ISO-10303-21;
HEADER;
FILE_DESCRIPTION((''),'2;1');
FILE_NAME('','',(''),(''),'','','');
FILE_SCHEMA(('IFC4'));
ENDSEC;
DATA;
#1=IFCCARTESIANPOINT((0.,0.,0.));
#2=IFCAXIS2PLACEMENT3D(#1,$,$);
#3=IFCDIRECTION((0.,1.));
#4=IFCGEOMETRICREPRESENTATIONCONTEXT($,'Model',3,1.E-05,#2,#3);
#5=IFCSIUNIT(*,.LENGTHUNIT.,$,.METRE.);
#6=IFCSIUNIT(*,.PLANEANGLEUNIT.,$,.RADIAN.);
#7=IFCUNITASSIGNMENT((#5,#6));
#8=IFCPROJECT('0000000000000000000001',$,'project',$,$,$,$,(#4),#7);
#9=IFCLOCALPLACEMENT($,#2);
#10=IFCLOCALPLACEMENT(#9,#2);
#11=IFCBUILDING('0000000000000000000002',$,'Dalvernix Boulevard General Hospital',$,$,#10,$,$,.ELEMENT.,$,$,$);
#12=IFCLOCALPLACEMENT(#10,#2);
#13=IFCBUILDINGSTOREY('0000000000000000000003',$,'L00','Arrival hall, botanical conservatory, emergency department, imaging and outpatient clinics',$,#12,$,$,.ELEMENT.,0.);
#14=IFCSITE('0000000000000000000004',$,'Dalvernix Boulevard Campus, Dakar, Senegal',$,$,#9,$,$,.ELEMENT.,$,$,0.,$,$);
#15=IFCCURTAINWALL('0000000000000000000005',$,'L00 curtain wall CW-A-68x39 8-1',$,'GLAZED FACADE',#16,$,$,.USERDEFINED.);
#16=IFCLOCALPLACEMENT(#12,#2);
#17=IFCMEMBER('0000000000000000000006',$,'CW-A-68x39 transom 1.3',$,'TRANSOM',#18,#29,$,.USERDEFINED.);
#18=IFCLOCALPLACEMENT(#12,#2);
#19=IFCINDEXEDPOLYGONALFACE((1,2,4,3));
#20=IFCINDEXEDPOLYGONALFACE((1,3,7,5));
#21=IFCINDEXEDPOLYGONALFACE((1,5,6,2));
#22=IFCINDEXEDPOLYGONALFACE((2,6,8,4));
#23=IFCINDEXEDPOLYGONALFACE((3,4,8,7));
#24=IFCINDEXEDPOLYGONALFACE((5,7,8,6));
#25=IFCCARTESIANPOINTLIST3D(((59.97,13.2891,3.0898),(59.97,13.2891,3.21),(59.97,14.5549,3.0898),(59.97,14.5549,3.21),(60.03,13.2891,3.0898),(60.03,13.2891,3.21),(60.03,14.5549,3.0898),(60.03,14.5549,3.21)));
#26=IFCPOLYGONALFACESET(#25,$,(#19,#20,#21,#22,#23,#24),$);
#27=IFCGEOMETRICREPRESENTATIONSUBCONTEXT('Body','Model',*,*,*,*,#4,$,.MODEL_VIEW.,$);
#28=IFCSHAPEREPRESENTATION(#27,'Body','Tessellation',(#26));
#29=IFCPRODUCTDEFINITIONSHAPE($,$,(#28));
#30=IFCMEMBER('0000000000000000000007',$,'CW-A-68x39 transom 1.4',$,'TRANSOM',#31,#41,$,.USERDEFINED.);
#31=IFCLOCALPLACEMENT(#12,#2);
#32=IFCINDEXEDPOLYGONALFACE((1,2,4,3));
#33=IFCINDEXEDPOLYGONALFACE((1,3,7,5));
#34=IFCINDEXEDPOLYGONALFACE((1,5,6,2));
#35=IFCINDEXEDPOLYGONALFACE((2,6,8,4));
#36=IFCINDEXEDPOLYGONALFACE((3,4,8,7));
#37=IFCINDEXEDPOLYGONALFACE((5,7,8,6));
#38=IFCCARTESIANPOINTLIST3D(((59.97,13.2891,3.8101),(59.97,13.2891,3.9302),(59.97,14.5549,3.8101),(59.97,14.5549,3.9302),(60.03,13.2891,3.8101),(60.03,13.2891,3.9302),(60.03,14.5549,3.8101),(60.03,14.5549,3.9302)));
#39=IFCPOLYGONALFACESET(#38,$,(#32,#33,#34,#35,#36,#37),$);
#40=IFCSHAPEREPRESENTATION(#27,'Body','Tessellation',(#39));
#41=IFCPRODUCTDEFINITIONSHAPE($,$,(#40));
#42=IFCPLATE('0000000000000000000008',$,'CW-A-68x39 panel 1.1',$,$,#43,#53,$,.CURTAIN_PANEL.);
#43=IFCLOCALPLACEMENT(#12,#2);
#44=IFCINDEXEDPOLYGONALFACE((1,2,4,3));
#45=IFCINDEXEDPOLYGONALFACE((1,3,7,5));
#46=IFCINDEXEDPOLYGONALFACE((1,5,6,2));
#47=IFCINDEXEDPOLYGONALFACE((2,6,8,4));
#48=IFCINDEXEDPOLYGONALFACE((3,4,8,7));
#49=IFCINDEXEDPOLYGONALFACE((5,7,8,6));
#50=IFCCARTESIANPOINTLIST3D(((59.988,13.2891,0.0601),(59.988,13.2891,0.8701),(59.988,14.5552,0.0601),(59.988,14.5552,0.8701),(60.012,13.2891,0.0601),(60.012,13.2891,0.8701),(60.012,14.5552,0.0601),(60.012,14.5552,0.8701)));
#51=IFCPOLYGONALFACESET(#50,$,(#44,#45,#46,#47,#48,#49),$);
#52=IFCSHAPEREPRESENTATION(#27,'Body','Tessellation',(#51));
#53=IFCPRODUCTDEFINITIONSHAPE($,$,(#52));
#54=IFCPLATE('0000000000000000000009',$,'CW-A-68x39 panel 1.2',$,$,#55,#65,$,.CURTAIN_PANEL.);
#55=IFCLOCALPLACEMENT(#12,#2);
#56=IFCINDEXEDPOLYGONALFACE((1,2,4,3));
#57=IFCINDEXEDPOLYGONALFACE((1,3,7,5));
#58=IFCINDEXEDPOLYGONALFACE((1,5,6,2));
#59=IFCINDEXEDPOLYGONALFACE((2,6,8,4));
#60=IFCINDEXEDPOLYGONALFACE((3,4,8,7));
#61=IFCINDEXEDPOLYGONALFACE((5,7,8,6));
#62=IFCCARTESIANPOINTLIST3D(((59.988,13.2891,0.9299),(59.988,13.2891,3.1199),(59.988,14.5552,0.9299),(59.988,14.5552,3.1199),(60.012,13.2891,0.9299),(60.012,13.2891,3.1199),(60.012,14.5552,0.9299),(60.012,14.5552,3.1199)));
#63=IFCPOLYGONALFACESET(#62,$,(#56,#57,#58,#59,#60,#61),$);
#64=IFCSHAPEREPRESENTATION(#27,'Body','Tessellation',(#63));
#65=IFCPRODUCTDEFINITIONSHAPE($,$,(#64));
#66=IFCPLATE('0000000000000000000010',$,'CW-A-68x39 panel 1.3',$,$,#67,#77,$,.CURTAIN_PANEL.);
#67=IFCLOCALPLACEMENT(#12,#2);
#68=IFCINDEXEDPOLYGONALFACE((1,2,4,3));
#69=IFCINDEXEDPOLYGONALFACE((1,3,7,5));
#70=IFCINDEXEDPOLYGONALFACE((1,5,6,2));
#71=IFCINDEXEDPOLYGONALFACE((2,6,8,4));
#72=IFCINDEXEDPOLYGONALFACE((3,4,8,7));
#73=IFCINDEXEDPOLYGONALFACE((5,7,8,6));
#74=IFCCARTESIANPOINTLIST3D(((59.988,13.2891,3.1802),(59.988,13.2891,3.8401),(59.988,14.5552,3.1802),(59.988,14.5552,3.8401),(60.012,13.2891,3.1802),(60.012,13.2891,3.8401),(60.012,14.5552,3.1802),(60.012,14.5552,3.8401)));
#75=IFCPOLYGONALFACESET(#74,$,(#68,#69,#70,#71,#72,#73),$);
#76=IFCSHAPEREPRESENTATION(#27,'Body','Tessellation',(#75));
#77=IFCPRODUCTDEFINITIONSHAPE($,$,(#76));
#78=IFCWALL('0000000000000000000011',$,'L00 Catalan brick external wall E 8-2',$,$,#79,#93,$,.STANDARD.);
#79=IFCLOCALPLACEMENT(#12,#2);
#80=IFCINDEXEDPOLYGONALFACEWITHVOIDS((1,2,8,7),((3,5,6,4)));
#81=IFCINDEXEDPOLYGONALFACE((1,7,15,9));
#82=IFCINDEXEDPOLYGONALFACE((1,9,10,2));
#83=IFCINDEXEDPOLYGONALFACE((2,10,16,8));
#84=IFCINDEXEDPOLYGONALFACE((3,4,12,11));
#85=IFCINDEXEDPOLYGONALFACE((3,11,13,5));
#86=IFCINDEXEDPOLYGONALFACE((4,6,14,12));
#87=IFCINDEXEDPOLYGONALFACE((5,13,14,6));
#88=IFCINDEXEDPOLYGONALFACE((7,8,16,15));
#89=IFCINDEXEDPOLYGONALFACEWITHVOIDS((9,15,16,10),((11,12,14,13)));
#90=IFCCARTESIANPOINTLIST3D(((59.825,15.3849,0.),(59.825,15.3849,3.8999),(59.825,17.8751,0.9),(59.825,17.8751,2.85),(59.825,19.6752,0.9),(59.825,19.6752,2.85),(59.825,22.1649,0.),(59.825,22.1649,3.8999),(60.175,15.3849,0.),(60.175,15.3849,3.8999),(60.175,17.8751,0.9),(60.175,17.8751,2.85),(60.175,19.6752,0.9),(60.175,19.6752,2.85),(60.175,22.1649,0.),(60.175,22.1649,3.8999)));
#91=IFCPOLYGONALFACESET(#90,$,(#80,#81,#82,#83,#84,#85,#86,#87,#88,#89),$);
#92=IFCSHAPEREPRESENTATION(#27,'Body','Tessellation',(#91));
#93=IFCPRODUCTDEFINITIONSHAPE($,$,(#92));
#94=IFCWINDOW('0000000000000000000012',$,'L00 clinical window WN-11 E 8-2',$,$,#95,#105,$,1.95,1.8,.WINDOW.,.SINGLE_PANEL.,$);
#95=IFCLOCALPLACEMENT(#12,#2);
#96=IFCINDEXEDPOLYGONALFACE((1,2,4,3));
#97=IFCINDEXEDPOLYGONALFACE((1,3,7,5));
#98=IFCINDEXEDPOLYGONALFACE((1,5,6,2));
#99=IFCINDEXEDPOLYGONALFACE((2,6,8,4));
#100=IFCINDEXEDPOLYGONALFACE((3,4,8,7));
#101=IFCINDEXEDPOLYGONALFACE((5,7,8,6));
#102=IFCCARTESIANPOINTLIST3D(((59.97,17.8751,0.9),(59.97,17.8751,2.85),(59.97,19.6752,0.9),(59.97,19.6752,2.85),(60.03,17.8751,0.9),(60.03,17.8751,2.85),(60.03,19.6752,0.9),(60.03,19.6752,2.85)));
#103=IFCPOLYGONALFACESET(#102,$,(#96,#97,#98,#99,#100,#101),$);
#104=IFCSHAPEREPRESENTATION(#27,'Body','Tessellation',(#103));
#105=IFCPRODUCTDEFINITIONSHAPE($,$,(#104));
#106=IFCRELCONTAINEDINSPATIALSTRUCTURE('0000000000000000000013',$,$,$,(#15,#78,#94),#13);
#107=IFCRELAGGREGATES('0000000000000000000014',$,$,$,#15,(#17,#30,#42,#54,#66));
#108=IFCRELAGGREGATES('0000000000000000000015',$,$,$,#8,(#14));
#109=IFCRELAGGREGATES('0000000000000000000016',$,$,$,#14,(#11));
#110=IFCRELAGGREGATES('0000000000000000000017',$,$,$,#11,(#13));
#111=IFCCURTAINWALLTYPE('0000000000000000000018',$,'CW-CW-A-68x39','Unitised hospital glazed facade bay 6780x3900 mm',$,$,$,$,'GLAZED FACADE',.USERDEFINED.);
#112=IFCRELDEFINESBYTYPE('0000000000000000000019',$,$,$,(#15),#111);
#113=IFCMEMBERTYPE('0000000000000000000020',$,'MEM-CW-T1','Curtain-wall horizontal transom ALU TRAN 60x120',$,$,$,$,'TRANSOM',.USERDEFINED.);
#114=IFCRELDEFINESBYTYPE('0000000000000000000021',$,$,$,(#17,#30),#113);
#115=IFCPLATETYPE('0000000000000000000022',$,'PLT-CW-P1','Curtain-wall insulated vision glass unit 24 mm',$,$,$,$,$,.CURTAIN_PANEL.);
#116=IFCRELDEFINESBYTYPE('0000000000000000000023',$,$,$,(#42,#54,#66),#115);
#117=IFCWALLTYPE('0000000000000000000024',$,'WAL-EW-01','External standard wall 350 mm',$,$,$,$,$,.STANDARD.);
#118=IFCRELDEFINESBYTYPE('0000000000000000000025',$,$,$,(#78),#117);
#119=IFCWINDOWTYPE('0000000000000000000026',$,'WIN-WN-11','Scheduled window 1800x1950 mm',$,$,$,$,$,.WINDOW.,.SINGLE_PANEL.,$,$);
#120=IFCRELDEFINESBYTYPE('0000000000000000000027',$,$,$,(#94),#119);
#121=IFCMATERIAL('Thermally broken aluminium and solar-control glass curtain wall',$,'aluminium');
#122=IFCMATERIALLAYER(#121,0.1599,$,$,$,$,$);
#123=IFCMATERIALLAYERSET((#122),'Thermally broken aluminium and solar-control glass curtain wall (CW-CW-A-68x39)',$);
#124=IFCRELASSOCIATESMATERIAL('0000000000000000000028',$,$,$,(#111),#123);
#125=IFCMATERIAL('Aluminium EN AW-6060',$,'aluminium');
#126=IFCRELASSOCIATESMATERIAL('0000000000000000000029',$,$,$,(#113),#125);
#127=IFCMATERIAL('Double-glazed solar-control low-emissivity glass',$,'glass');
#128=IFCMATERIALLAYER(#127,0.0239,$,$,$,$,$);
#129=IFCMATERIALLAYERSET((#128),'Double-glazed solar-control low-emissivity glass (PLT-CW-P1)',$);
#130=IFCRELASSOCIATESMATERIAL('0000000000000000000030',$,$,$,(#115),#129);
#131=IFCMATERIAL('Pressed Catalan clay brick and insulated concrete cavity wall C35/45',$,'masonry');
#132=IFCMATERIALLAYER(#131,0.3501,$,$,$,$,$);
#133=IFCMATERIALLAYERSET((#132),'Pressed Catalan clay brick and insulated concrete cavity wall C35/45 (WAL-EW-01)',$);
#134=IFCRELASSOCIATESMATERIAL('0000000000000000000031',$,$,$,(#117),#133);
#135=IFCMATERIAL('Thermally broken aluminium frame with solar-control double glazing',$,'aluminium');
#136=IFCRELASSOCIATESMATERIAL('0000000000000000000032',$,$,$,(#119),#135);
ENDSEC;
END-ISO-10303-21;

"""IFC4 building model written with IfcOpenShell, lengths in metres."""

from ifc_helpers import new_model, si_unit, direction, frame, frame_2d, origin, origin_2d, place, context, subcontext, project, spatial, rectangle, extrude, material, layer, layer_set, material_profile, profile_set, type_object, element, fill, aggregate, save


model = new_model("IFC4")

# Units and contexts
model_context = context("Model", 3, precision=1e-05, world=origin(), true_north=direction((0.0, 1.0)))
body_context = subcontext(model_context, "Body", "Model", "MODEL_VIEW")
ifc_project = project(units=[si_unit("LENGTHUNIT", "METRE"), si_unit("PLANEANGLEUNIT", "RADIAN")], contexts=[model_context])

# Site, building, storey
site_placement = place(None, origin())
site = spatial("IfcSite", under=ifc_project, at=site_placement, Name="Dalvernix Boulevard Campus, Dakar, Senegal", CompositionType="ELEMENT", RefElevation=0.0)
building_placement = place(site_placement, origin())
building = spatial("IfcBuilding", under=site, at=building_placement, Name="Dalvernix Boulevard General Hospital", CompositionType="ELEMENT")
storey_placement = place(building_placement, origin())
storey = spatial("IfcBuildingStorey", under=building, at=storey_placement, Name="L00", Description="Arrival hall, botanical conservatory, emergency department, imaging and outpatient clinics", CompositionType="ELEMENT", Elevation=0.0)

# Curtain wall, members, plates
ifc_material_1 = material(Name="Thermally broken aluminium and solar-control glass curtain wall", Category="aluminium")
ifc_layer_1 = layer(ifc_material_1, 0.1599)
ifc_layer_set_1 = layer_set([ifc_layer_1], Name="Thermally broken aluminium and solar-control glass curtain wall (CW-CW-A-68x39)")
curtain_wall_type = type_object("IfcCurtainWallType", Name="CW-CW-A-68x39", Description="Unitised hospital glazed facade bay 6780x3900 mm", ElementType="GLAZED FACADE", PredefinedType="USERDEFINED", material=ifc_layer_set_1)
curtain_wall_placement = place(storey_placement, origin())
curtain_wall = element("IfcCurtainWall", 1, at=curtain_wall_placement, inside=storey, type_object=curtain_wall_type, Name="L00 curtain wall CW-A-68x39 8-1", ObjectType="GLAZED FACADE", PredefinedType="USERDEFINED")
ifc_material_2 = material(Name="Aluminium EN AW-6060", Category="aluminium")
ifc_material_profile_1 = material_profile(ifc_material_2, rectangle(XDim=0.0601, YDim=0.1201, at=origin_2d()), Name="ALU TRAN 60x120")
ifc_profile_set_1 = profile_set([ifc_material_profile_1], Name="Aluminium EN AW-6060")
member_type_1 = type_object("IfcMemberType", Name="MEM-CW-T1", Description="Curtain-wall horizontal transom ALU TRAN 60x120", ElementType="TRANSOM", PredefinedType="USERDEFINED", material=ifc_profile_set_1)
member_1_placement = place(storey_placement, frame((60.0, 14.5549, 3.1499), z_axis=(0.0, -1.0, 0.0), x_axis=(1.0, 0.0, 0.0)))
member_1 = element("IfcMember", 2, at=member_1_placement, type_object=member_type_1, Name="CW-A-68x39 transom 1.3", ObjectType="TRANSOM", PredefinedType="USERDEFINED", context=body_context, shape_type="SweptSolid", body=[
    extrude(rectangle(XDim=0.0601, YDim=0.1201, at=origin_2d()), origin(), (0.0, 0.0, 1.0), 1.2659),
])
member_2_placement = place(storey_placement, frame((60.0, 14.5549, 3.8701), z_axis=(0.0, -1.0, 0.0), x_axis=(1.0, 0.0, 0.0)))
member_2 = element("IfcMember", 3, at=member_2_placement, type_object=member_type_1, Name="CW-A-68x39 transom 1.4", ObjectType="TRANSOM", PredefinedType="USERDEFINED", context=body_context, shape_type="SweptSolid", body=[
    extrude(rectangle(XDim=0.0601, YDim=0.1201, at=origin_2d()), origin(), (0.0, 0.0, 1.0), 1.2659),
])
ifc_material_3 = material(Name="Double-glazed solar-control low-emissivity glass", Category="glass")
ifc_layer_2 = layer(ifc_material_3, 0.0239)
ifc_layer_set_2 = layer_set([ifc_layer_2], Name="Double-glazed solar-control low-emissivity glass (PLT-CW-P1)")
plate_type = type_object("IfcPlateType", Name="PLT-CW-P1", Description="Curtain-wall insulated vision glass unit 24 mm", PredefinedType="CURTAIN_PANEL", material=ifc_layer_set_2)
plate_1_placement = place(storey_placement, frame((60.0, 13.9221, 0.0601), z_axis=(0.0, 0.0, 1.0), x_axis=(0.0, -1.0, 0.0)))
plate_1 = element("IfcPlate", 4, at=plate_1_placement, type_object=plate_type, Name="CW-A-68x39 panel 1.1", PredefinedType="CURTAIN_PANEL", context=body_context, shape_type="SweptSolid", body=[
    extrude(rectangle(XDim=1.2661, YDim=0.0239, at=origin_2d()), origin(), (0.0, 0.0, 1.0), 0.8101),
])
plate_2_placement = place(storey_placement, frame((60.0, 13.9221, 0.9299), z_axis=(0.0, 0.0, 1.0), x_axis=(0.0, -1.0, 0.0)))
plate_2 = element("IfcPlate", 5, at=plate_2_placement, type_object=plate_type, Name="CW-A-68x39 panel 1.2", PredefinedType="CURTAIN_PANEL", context=body_context, shape_type="SweptSolid", body=[
    extrude(rectangle(XDim=1.2661, YDim=0.0239, at=origin_2d()), origin(), (0.0, 0.0, 1.0), 2.1899),
])
plate_3_placement = place(storey_placement, frame((60.0, 13.9221, 3.1802), z_axis=(0.0, 0.0, 1.0), x_axis=(0.0, -1.0, 0.0)))
plate_3 = element("IfcPlate", 6, at=plate_3_placement, type_object=plate_type, Name="CW-A-68x39 panel 1.3", PredefinedType="CURTAIN_PANEL", context=body_context, shape_type="SweptSolid", body=[
    extrude(rectangle(XDim=1.2661, YDim=0.0239, at=origin_2d()), origin(), (0.0, 0.0, 1.0), 0.6599),
])
aggregate(curtain_wall, [member_1, member_2, plate_1, plate_2, plate_3])

# Wall, opening, window
ifc_material_4 = material(Name="Pressed Catalan clay brick and insulated concrete cavity wall C35/45", Category="masonry")
ifc_layer_3 = layer(ifc_material_4, 0.3501)
ifc_layer_set_3 = layer_set([ifc_layer_3], Name="Pressed Catalan clay brick and insulated concrete cavity wall C35/45 (WAL-EW-01)")
wall_type = type_object("IfcWallType", Name="WAL-EW-01", Description="External standard wall 350 mm", PredefinedType="STANDARD", material=ifc_layer_set_3)
wall_placement = place(storey_placement, frame((60.0, 22.165, 0.0), z_axis=(0.0, 0.0, 1.0), x_axis=(0.0, -1.0, 0.0)))
wall = element("IfcWall", 7, at=wall_placement, inside=storey, type_object=wall_type, Name="L00 Catalan brick external wall E 8-2", PredefinedType="STANDARD", context=body_context, shape_type="SweptSolid", body=[
    extrude(rectangle(XDim=6.78, YDim=0.3501, at=frame_2d((3.3901, 0.0))), origin(), (0.0, 0.0, 1.0), 3.8999),
])
opening_placement = place(wall_placement, frame((2.49, 0.0, 0.8999)))
opening = element("IfcOpeningElement", 8, at=opening_placement, cuts=wall, PredefinedType="OPENING", context=body_context, shape_type="SweptSolid", body=[
    extrude(rectangle(XDim=1.8, YDim=1.95, at=frame_2d((0.8999, 0.9751))), frame((0.0, 0.1851, 0.0), z_axis=(0.0, -1.0, 0.0), x_axis=(1.0, 0.0, 0.0)), (0.0, 0.0, 1.0), 0.3701),
])
ifc_material_5 = material(Name="Thermally broken aluminium frame with solar-control double glazing", Category="aluminium")
window_type = type_object("IfcWindowType", Name="WIN-WN-11", Description="Scheduled window 1800x1950 mm", PartitioningType="SINGLE_PANEL", PredefinedType="WINDOW", material=ifc_material_5)
window_placement = place(opening_placement, origin())
window = element("IfcWindow", 9, at=window_placement, inside=storey, type_object=window_type, Name="L00 clinical window WN-11 E 8-2", OverallHeight=1.95, OverallWidth=1.8, PartitioningType="SINGLE_PANEL", PredefinedType="WINDOW", context=body_context, shape_type="SweptSolid", body=[
    extrude(rectangle(XDim=1.8, YDim=1.95, at=frame_2d((0.8999, 0.9751))), frame((0.0, 0.03, 0.0), z_axis=(0.0, -1.0, 0.0), x_axis=(1.0, 0.0, 0.0)), (0.0, 0.0, 1.0), 0.0601),
])
fill(opening, window)

save(model, "model.ifc")
